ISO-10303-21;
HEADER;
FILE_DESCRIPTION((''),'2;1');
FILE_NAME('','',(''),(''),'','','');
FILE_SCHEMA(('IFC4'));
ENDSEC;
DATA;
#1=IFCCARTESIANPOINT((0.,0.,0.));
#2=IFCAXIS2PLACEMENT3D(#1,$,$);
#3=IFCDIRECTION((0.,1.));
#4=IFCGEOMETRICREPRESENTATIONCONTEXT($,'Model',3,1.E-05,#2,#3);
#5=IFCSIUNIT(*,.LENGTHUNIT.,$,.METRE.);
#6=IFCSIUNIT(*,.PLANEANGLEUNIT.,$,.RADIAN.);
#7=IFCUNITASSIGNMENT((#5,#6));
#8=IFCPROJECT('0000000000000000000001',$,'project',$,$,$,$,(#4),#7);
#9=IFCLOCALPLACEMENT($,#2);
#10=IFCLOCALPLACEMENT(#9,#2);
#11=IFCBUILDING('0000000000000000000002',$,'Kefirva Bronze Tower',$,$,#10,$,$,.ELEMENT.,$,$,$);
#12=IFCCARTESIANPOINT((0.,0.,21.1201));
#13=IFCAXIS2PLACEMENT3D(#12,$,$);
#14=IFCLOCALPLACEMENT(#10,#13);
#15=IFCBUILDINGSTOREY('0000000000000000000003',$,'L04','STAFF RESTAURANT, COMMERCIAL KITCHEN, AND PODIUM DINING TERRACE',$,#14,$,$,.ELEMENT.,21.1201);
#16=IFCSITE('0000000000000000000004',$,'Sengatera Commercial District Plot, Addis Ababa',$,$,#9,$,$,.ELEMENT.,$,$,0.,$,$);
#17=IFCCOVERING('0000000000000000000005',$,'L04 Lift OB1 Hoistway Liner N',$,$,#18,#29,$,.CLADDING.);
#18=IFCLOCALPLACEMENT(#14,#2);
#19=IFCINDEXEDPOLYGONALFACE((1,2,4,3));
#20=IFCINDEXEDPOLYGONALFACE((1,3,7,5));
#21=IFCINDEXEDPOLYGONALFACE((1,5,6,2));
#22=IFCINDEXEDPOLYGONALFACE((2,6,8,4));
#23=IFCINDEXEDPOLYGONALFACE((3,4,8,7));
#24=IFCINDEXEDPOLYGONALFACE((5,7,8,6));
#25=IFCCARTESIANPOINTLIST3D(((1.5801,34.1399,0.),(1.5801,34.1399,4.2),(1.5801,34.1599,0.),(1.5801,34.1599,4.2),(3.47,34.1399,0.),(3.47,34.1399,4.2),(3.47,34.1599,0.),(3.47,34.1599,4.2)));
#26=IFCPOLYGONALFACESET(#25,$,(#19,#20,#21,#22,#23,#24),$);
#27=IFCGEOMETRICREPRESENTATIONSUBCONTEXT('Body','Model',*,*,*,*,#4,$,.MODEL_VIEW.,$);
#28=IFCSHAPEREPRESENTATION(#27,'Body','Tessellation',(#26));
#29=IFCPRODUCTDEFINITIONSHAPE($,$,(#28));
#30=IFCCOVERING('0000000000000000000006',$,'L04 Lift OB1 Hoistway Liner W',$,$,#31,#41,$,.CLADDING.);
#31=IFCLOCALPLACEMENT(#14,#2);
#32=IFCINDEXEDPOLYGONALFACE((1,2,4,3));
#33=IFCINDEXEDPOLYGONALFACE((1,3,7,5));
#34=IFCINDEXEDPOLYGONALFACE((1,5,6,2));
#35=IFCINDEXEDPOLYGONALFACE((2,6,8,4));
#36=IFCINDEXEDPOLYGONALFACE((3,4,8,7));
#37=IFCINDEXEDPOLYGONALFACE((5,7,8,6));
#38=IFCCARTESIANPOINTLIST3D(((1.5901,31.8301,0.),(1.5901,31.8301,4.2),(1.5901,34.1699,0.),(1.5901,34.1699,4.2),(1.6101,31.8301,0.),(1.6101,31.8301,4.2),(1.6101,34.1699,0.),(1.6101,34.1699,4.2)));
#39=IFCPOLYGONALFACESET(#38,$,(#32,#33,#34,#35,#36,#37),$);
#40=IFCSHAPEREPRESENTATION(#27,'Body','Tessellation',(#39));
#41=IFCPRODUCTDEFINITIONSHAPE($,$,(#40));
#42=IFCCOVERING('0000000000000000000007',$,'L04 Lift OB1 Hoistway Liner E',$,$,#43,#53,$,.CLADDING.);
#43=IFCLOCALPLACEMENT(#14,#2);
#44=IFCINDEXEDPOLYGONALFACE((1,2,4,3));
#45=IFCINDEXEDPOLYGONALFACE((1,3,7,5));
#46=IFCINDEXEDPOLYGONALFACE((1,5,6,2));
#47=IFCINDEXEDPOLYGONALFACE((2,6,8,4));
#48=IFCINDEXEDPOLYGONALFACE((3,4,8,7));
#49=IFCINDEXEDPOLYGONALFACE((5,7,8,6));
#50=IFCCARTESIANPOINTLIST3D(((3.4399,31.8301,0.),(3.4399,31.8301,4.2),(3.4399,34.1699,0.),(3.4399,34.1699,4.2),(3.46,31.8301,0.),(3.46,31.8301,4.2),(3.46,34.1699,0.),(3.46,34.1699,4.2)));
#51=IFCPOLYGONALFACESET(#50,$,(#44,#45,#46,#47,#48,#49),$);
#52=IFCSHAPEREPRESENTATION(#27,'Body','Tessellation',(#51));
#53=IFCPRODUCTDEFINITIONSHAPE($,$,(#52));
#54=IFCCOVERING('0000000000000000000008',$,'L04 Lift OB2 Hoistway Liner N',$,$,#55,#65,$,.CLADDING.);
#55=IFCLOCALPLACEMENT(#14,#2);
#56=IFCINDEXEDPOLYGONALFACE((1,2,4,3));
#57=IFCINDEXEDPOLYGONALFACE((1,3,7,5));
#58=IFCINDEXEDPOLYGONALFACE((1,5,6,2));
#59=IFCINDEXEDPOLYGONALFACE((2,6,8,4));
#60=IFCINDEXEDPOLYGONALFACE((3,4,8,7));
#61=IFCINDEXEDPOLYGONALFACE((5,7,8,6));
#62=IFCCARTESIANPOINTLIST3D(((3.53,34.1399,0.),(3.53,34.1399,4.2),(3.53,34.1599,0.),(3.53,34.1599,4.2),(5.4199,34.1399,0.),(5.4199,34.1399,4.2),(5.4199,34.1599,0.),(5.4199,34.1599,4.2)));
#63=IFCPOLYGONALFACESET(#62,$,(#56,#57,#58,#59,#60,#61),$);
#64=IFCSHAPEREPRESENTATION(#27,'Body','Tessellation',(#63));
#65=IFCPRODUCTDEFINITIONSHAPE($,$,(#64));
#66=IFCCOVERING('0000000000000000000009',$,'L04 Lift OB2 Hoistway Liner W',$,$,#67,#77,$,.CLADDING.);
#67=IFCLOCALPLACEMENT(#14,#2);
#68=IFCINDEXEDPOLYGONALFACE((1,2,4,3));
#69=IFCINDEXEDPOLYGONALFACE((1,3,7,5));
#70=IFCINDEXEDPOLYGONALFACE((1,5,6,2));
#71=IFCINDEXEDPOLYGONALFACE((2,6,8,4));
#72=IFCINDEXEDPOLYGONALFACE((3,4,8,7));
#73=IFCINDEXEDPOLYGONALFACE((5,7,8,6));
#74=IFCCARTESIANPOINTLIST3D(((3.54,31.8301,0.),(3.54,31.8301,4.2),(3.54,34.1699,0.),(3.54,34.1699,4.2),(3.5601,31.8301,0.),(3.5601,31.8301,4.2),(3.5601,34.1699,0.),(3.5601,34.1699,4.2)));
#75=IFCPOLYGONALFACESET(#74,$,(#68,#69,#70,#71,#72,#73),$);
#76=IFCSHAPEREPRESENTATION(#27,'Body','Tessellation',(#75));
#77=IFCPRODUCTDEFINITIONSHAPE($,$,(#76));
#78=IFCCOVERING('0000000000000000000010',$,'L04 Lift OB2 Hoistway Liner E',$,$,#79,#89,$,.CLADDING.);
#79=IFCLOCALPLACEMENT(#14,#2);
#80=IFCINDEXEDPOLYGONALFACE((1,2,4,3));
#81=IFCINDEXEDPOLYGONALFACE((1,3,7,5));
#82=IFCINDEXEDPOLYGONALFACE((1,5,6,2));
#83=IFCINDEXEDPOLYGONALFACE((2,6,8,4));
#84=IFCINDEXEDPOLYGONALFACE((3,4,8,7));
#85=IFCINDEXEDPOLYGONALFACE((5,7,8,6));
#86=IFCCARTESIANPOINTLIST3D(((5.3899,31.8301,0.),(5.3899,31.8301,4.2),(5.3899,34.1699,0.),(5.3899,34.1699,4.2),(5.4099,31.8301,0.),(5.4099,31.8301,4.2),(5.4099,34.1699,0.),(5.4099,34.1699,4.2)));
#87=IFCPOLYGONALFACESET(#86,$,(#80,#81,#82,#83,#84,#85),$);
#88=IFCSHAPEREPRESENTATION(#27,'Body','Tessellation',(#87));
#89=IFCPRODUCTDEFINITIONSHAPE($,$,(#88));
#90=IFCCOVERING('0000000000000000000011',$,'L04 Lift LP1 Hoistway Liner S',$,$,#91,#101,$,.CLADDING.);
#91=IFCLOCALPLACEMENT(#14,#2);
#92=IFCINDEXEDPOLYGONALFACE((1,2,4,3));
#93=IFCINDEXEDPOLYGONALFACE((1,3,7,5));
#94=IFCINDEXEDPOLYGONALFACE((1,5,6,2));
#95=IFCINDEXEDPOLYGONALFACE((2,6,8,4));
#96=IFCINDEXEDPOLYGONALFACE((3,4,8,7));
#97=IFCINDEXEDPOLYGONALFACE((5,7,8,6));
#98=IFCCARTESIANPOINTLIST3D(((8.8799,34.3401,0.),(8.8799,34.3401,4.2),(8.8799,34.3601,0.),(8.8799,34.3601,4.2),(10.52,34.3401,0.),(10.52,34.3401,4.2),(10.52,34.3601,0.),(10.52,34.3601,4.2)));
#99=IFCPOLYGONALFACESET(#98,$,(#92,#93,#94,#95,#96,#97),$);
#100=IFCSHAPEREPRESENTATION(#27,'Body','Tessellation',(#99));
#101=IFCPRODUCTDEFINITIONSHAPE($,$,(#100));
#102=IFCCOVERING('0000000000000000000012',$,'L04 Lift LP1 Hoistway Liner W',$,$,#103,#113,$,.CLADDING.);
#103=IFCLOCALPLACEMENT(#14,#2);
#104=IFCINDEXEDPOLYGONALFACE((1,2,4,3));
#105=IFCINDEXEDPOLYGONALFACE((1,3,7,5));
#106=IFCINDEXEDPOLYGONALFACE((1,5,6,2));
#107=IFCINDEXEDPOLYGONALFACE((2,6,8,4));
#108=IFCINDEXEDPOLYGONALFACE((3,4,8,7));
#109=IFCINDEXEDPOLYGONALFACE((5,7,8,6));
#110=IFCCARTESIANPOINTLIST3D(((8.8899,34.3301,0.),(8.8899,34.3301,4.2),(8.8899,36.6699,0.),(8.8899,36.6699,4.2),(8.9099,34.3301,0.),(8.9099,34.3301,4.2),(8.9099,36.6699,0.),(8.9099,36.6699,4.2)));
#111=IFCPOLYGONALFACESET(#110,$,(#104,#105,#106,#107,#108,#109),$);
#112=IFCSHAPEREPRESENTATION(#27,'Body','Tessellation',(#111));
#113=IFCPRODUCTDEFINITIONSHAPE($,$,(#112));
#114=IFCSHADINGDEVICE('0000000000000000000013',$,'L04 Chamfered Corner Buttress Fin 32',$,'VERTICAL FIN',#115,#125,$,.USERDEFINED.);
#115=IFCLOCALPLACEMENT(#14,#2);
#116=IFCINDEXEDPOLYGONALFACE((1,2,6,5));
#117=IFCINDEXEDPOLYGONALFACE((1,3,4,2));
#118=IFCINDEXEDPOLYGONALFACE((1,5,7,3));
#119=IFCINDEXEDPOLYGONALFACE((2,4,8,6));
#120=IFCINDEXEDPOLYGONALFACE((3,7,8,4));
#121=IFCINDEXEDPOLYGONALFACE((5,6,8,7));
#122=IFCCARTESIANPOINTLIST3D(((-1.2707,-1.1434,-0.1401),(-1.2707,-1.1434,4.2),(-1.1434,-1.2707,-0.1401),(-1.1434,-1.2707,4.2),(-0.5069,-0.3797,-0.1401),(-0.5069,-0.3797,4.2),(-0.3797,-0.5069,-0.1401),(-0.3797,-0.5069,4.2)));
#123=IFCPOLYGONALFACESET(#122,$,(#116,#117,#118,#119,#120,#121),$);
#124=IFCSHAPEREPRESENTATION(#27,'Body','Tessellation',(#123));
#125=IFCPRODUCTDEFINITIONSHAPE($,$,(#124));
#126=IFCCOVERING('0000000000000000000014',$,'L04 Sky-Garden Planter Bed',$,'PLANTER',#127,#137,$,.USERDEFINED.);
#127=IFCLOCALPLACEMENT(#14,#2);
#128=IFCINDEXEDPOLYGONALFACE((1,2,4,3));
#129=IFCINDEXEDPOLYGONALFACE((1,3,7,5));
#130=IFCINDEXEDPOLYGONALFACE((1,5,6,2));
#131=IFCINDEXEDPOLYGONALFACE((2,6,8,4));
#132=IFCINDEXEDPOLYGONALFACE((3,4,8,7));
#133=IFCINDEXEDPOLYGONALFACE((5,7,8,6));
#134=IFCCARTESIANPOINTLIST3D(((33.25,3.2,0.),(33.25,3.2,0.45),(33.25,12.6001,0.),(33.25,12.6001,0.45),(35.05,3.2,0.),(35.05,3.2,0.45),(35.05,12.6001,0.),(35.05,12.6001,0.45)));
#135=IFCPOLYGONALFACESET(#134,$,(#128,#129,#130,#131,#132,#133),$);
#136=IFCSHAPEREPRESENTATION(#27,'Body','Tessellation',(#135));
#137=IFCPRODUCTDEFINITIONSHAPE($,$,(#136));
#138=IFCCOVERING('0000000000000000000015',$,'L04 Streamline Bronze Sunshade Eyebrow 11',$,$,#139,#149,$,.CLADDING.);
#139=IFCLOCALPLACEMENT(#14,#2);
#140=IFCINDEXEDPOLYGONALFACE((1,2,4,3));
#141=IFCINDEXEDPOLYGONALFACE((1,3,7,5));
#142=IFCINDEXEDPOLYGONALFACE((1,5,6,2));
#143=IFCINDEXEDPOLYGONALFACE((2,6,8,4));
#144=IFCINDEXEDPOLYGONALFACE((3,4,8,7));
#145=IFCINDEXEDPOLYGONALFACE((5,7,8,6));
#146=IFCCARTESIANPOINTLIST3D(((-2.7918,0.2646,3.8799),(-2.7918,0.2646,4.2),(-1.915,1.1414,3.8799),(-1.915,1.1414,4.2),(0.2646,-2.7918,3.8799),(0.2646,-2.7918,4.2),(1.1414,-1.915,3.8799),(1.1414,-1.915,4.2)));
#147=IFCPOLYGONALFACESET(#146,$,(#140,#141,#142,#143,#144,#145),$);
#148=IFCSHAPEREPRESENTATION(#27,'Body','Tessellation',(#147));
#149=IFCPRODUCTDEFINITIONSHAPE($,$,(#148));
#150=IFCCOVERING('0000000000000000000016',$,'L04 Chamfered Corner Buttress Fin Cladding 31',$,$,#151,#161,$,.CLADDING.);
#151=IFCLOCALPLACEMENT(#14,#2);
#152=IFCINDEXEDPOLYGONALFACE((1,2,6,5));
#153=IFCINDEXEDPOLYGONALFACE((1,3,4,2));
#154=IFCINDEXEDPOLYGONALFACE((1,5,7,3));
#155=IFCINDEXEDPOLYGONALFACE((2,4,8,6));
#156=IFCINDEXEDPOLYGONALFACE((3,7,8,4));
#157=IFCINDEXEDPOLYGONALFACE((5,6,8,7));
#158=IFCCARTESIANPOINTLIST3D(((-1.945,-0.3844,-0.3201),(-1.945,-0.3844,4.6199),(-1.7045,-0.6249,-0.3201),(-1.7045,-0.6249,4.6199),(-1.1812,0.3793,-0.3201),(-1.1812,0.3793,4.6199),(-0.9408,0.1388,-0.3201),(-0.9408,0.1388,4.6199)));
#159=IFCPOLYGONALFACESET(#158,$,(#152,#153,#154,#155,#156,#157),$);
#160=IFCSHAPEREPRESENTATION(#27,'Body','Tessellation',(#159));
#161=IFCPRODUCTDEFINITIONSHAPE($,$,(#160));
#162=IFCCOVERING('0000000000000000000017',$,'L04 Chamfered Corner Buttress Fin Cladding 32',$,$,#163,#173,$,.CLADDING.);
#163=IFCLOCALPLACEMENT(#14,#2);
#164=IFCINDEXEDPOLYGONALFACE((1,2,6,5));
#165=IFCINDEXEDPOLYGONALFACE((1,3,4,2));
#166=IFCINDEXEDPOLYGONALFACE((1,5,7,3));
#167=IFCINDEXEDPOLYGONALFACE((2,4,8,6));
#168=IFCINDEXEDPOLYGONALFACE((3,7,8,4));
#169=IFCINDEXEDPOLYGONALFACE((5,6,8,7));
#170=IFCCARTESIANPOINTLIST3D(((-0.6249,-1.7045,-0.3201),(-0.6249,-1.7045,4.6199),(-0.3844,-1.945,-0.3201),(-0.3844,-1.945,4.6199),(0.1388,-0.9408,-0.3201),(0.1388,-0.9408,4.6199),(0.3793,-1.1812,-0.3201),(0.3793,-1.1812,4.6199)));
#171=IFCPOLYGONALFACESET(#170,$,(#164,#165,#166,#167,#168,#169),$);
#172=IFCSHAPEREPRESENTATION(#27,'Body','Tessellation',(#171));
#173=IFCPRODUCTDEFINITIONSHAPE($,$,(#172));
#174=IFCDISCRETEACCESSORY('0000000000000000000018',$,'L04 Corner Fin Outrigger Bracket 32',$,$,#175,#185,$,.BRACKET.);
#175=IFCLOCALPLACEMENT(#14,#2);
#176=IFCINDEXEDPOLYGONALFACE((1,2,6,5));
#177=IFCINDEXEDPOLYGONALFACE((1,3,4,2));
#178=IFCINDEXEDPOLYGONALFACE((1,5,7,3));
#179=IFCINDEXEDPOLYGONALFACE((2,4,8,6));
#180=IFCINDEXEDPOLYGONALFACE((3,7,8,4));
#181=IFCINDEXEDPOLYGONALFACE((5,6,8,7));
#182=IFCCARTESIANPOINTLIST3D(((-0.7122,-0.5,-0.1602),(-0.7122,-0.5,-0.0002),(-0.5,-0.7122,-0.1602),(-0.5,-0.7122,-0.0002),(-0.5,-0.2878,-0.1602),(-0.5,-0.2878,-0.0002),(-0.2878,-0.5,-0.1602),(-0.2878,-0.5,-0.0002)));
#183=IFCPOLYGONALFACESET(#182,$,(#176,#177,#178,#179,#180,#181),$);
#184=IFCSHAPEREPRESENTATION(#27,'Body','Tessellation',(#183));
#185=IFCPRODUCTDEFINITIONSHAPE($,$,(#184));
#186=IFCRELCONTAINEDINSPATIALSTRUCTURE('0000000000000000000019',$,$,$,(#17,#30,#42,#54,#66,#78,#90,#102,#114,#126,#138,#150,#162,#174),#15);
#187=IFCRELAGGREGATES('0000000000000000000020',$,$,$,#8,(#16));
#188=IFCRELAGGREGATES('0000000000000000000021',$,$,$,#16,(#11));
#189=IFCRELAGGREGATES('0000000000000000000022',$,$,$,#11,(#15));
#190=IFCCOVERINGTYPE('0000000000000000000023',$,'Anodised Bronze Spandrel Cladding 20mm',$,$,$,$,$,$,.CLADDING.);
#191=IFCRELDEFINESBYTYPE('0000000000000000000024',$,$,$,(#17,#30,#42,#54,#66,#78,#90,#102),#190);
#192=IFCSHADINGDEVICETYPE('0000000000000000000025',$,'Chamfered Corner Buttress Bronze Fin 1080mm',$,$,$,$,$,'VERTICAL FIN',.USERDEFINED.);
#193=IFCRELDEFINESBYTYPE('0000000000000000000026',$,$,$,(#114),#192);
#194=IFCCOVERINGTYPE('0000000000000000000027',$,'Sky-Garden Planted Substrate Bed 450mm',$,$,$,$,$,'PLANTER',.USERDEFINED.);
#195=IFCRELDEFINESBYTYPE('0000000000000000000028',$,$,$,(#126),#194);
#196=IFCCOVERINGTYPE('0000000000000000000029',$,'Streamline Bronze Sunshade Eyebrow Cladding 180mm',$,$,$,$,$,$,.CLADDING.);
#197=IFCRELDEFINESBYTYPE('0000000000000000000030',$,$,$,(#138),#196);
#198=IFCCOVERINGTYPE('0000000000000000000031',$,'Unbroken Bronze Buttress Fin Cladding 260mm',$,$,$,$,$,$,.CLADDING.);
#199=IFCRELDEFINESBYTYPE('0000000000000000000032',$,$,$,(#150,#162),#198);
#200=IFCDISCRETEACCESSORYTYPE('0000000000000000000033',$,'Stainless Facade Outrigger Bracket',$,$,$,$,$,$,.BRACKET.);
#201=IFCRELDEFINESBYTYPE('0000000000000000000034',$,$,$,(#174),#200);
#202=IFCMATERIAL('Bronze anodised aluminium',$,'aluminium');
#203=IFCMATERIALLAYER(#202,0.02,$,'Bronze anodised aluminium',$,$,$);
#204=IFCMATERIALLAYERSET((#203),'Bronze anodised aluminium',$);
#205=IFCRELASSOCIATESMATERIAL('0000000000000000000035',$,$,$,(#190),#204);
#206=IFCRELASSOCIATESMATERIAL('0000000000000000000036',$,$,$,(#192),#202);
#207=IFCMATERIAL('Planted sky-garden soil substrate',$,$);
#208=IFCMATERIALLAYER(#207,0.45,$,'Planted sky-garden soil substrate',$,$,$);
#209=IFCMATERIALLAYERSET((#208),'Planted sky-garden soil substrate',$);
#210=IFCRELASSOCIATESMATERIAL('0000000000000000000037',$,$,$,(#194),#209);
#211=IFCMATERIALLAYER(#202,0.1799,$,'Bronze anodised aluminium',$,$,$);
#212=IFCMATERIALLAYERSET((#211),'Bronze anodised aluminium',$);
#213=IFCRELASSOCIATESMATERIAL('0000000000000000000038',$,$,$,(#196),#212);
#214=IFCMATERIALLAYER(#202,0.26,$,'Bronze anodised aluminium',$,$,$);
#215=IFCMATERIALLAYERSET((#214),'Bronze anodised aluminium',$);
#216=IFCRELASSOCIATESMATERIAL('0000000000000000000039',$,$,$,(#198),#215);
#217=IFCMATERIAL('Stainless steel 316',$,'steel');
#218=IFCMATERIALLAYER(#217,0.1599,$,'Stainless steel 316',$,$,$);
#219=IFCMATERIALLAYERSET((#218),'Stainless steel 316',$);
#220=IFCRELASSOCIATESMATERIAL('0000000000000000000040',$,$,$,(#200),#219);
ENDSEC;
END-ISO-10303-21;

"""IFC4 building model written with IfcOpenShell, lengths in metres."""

from ifc_helpers import new_model, si_unit, direction, frame, origin, origin_2d, place, context, subcontext, project, spatial, polyline, rectangle, outline, extrude, material, layer, layer_set, material_profile, profile_set, type_object, element, save


model = new_model("IFC4")

# Units and contexts
model_context = context("Model", 3, precision=1e-05, world=origin(), true_north=direction((0.0, 1.0)))
body_context = subcontext(model_context, "Body", "Model", "MODEL_VIEW")
ifc_project = project(units=[si_unit("LENGTHUNIT", "METRE"), si_unit("PLANEANGLEUNIT", "RADIAN")], contexts=[model_context])

# Site, building, storey
site_placement = place(None, origin())
site = spatial("IfcSite", under=ifc_project, at=site_placement, Name="Sengatera Commercial District Plot, Addis Ababa", CompositionType="ELEMENT", RefElevation=0.0)
building_placement = place(site_placement, origin())
building = spatial("IfcBuilding", under=site, at=building_placement, Name="Kefirva Bronze Tower", CompositionType="ELEMENT")
storey_placement = place(building_placement, frame((0.0, 0.0, 21.1201)))
storey = spatial("IfcBuildingStorey", under=building, at=storey_placement, Name="L04", Description="STAFF RESTAURANT, COMMERCIAL KITCHEN, AND PODIUM DINING TERRACE", CompositionType="ELEMENT", Elevation=21.1201)

# Coverings
ifc_material_1 = material(Name="Bronze anodised aluminium", Category="aluminium")
ifc_layer_1 = layer(ifc_material_1, 0.02, Name="Bronze anodised aluminium")
ifc_layer_set_1 = layer_set([ifc_layer_1], Name="Bronze anodised aluminium")
covering_type_1 = type_object("IfcCoveringType", Name="Anodised Bronze Spandrel Cladding 20mm", PredefinedType="CLADDING", material=ifc_layer_set_1)
covering_1_placement = place(storey_placement, origin())
element("IfcCovering", 1, at=covering_1_placement, inside=storey, type_object=covering_type_1, Name="L04 Lift OB1 Hoistway Liner N", PredefinedType="CLADDING", context=body_context, shape_type="SweptSolid", body=[
    extrude(outline(polyline([(1.5801, 34.1399), (3.47, 34.1399), (3.47, 34.1599), (1.5801, 34.1599), (1.5801, 34.1399)])), origin(), (0.0, 0.0, 1.0), 4.2),
])
covering_2_placement = place(storey_placement, origin())
element("IfcCovering", 2, at=covering_2_placement, inside=storey, type_object=covering_type_1, Name="L04 Lift OB1 Hoistway Liner W", PredefinedType="CLADDING", context=body_context, shape_type="SweptSolid", body=[
    extrude(outline(polyline([(1.5901, 31.8301), (1.6101, 31.8301), (1.6101, 34.1699), (1.5901, 34.1699), (1.5901, 31.8301)])), origin(), (0.0, 0.0, 1.0), 4.2),
])
covering_3_placement = place(storey_placement, origin())
element("IfcCovering", 3, at=covering_3_placement, inside=storey, type_object=covering_type_1, Name="L04 Lift OB1 Hoistway Liner E", PredefinedType="CLADDING", context=body_context, shape_type="SweptSolid", body=[
    extrude(outline(polyline([(3.4399, 31.8301), (3.46, 31.8301), (3.46, 34.1699), (3.4399, 34.1699), (3.4399, 31.8301)])), origin(), (0.0, 0.0, 1.0), 4.2),
])
covering_4_placement = place(storey_placement, origin())
element("IfcCovering", 4, at=covering_4_placement, inside=storey, type_object=covering_type_1, Name="L04 Lift OB2 Hoistway Liner N", PredefinedType="CLADDING", context=body_context, shape_type="SweptSolid", body=[
    extrude(outline(polyline([(3.53, 34.1399), (5.4199, 34.1399), (5.4199, 34.1599), (3.53, 34.1599), (3.53, 34.1399)])), origin(), (0.0, 0.0, 1.0), 4.2),
])
covering_5_placement = place(storey_placement, origin())
element("IfcCovering", 5, at=covering_5_placement, inside=storey, type_object=covering_type_1, Name="L04 Lift OB2 Hoistway Liner W", PredefinedType="CLADDING", context=body_context, shape_type="SweptSolid", body=[
    extrude(outline(polyline([(3.54, 31.8301), (3.5601, 31.8301), (3.5601, 34.1699), (3.54, 34.1699), (3.54, 31.8301)])), origin(), (0.0, 0.0, 1.0), 4.2),
])
covering_6_placement = place(storey_placement, origin())
element("IfcCovering", 6, at=covering_6_placement, inside=storey, type_object=covering_type_1, Name="L04 Lift OB2 Hoistway Liner E", PredefinedType="CLADDING", context=body_context, shape_type="SweptSolid", body=[
    extrude(outline(polyline([(5.3899, 31.8301), (5.4099, 31.8301), (5.4099, 34.1699), (5.3899, 34.1699), (5.3899, 31.8301)])), origin(), (0.0, 0.0, 1.0), 4.2),
])
covering_7_placement = place(storey_placement, origin())
element("IfcCovering", 7, at=covering_7_placement, inside=storey, type_object=covering_type_1, Name="L04 Lift LP1 Hoistway Liner S", PredefinedType="CLADDING", context=body_context, shape_type="SweptSolid", body=[
    extrude(outline(polyline([(8.8799, 34.3401), (10.52, 34.3401), (10.52, 34.3601), (8.8799, 34.3601), (8.8799, 34.3401)])), origin(), (0.0, 0.0, 1.0), 4.2),
])
covering_8_placement = place(storey_placement, origin())
element("IfcCovering", 8, at=covering_8_placement, inside=storey, type_object=covering_type_1, Name="L04 Lift LP1 Hoistway Liner W", PredefinedType="CLADDING", context=body_context, shape_type="SweptSolid", body=[
    extrude(outline(polyline([(8.8899, 34.3301), (8.9099, 34.3301), (8.9099, 36.6699), (8.8899, 36.6699), (8.8899, 34.3301)])), origin(), (0.0, 0.0, 1.0), 4.2),
])

# Shading device
ifc_material_profile = material_profile(ifc_material_1, rectangle(XDim=0.1799, YDim=1.0801, at=origin_2d()), Name="BRONZE BUTTRESS FIN 180x1080")
ifc_profile_set = profile_set([ifc_material_profile], Name="Bronze anodised aluminium")
shading_device_type = type_object("IfcShadingDeviceType", Name="Chamfered Corner Buttress Bronze Fin 1080mm", ElementType="VERTICAL FIN", PredefinedType="USERDEFINED", material=ifc_profile_set)
shading_device_placement = place(storey_placement, frame((-0.8252, -0.8252, -0.1401), z_axis=(0.0, 0.0, 1.0), x_axis=(0.707107, -0.707107, 0.0)))
element("IfcShadingDevice", 9, at=shading_device_placement, inside=storey, type_object=shading_device_type, Name="L04 Chamfered Corner Buttress Fin 32", ObjectType="VERTICAL FIN", PredefinedType="USERDEFINED", context=body_context, shape_type="SweptSolid", body=[
    extrude(rectangle(XDim=0.1799, YDim=1.0801, at=origin_2d()), origin(), (0.0, 0.0, 1.0), 4.3401),
])

# Coverings
ifc_material_2 = material(Name="Planted sky-garden soil substrate")
ifc_layer_2 = layer(ifc_material_2, 0.45, Name="Planted sky-garden soil substrate")
ifc_layer_set_2 = layer_set([ifc_layer_2], Name="Planted sky-garden soil substrate")
covering_type_2 = type_object("IfcCoveringType", Name="Sky-Garden Planted Substrate Bed 450mm", ElementType="PLANTER", PredefinedType="USERDEFINED", material=ifc_layer_set_2)
covering_9_placement = place(storey_placement, origin())
element("IfcCovering", 10, at=covering_9_placement, inside=storey, type_object=covering_type_2, Name="L04 Sky-Garden Planter Bed", ObjectType="PLANTER", PredefinedType="USERDEFINED", context=body_context, shape_type="SweptSolid", body=[
    extrude(outline(polyline([(33.25, 3.2), (35.05, 3.2), (35.05, 12.6001), (33.25, 12.6001), (33.25, 3.2)])), origin(), (0.0, 0.0, 1.0), 0.45),
])
ifc_layer_3 = layer(ifc_material_1, 0.1799, Name="Bronze anodised aluminium")
ifc_layer_set_3 = layer_set([ifc_layer_3], Name="Bronze anodised aluminium")
covering_type_3 = type_object("IfcCoveringType", Name="Streamline Bronze Sunshade Eyebrow Cladding 180mm", PredefinedType="CLADDING", material=ifc_layer_set_3)
covering_10_placement = place(storey_placement, frame((-0.8252, -0.8252, 3.8799), z_axis=(0.0, 0.0, 1.0), x_axis=(0.707107, -0.707107, 0.0)))
element("IfcCovering", 11, at=covering_10_placement, inside=storey, type_object=covering_type_3, Name="L04 Streamline Bronze Sunshade Eyebrow 11", PredefinedType="CLADDING", context=body_context, shape_type="SweptSolid", body=[
    extrude(rectangle(XDim=4.3225, YDim=1.24, at=origin_2d()), origin(), (0.0, 0.0, 1.0), 0.3201),
])
ifc_layer_4 = layer(ifc_material_1, 0.26, Name="Bronze anodised aluminium")
ifc_layer_set_4 = layer_set([ifc_layer_4], Name="Bronze anodised aluminium")
covering_type_4 = type_object("IfcCoveringType", Name="Unbroken Bronze Buttress Fin Cladding 260mm", PredefinedType="CLADDING", material=ifc_layer_set_4)
for number, where, z_axis, x_axis, name in (
    (12, (-1.4429, -0.1228, -0.3201), (0.0, 0.0, 1.0), (0.707107, -0.707107, 0.0), "L04 Chamfered Corner Buttress Fin Cladding 31"),
    (13, (-0.1228, -1.4429, -0.3201), (0.0, 0.0, 1.0), (0.707107, -0.707107, 0.0), "L04 Chamfered Corner Buttress Fin Cladding 32"),
):
    element("IfcCovering", number, at=place(storey_placement, frame(where, z_axis=z_axis, x_axis=x_axis)), inside=storey, type_object=covering_type_4, Name=name, PredefinedType="CLADDING", context=body_context, shape_type="SweptSolid", body=[
        extrude(rectangle(XDim=0.3401, YDim=1.0801, at=origin_2d()), origin(), (0.0, 0.0, 1.0), 4.9399),
    ])

# Discrete accessory
ifc_material_3 = material(Name="Stainless steel 316", Category="steel")
ifc_layer_5 = layer(ifc_material_3, 0.1599, Name="Stainless steel 316")
ifc_layer_set_5 = layer_set([ifc_layer_5], Name="Stainless steel 316")
discrete_accessory_type = type_object("IfcDiscreteAccessoryType", Name="Stainless Facade Outrigger Bracket", PredefinedType="BRACKET", material=ifc_layer_set_5)
discrete_accessory_placement = place(storey_placement, frame((-0.5, -0.5, -0.1602), z_axis=(0.0, 0.0, 1.0), x_axis=(0.707107, -0.707107, 0.0)))
element("IfcDiscreteAccessory", 14, at=discrete_accessory_placement, inside=storey, type_object=discrete_accessory_type, Name="L04 Corner Fin Outrigger Bracket 32", PredefinedType="BRACKET", context=body_context, shape_type="SweptSolid", body=[
    extrude(rectangle(XDim=0.3, YDim=0.3, at=origin_2d()), origin(), (0.0, 0.0, 1.0), 0.1599),
])

save(model, "model.ifc")
